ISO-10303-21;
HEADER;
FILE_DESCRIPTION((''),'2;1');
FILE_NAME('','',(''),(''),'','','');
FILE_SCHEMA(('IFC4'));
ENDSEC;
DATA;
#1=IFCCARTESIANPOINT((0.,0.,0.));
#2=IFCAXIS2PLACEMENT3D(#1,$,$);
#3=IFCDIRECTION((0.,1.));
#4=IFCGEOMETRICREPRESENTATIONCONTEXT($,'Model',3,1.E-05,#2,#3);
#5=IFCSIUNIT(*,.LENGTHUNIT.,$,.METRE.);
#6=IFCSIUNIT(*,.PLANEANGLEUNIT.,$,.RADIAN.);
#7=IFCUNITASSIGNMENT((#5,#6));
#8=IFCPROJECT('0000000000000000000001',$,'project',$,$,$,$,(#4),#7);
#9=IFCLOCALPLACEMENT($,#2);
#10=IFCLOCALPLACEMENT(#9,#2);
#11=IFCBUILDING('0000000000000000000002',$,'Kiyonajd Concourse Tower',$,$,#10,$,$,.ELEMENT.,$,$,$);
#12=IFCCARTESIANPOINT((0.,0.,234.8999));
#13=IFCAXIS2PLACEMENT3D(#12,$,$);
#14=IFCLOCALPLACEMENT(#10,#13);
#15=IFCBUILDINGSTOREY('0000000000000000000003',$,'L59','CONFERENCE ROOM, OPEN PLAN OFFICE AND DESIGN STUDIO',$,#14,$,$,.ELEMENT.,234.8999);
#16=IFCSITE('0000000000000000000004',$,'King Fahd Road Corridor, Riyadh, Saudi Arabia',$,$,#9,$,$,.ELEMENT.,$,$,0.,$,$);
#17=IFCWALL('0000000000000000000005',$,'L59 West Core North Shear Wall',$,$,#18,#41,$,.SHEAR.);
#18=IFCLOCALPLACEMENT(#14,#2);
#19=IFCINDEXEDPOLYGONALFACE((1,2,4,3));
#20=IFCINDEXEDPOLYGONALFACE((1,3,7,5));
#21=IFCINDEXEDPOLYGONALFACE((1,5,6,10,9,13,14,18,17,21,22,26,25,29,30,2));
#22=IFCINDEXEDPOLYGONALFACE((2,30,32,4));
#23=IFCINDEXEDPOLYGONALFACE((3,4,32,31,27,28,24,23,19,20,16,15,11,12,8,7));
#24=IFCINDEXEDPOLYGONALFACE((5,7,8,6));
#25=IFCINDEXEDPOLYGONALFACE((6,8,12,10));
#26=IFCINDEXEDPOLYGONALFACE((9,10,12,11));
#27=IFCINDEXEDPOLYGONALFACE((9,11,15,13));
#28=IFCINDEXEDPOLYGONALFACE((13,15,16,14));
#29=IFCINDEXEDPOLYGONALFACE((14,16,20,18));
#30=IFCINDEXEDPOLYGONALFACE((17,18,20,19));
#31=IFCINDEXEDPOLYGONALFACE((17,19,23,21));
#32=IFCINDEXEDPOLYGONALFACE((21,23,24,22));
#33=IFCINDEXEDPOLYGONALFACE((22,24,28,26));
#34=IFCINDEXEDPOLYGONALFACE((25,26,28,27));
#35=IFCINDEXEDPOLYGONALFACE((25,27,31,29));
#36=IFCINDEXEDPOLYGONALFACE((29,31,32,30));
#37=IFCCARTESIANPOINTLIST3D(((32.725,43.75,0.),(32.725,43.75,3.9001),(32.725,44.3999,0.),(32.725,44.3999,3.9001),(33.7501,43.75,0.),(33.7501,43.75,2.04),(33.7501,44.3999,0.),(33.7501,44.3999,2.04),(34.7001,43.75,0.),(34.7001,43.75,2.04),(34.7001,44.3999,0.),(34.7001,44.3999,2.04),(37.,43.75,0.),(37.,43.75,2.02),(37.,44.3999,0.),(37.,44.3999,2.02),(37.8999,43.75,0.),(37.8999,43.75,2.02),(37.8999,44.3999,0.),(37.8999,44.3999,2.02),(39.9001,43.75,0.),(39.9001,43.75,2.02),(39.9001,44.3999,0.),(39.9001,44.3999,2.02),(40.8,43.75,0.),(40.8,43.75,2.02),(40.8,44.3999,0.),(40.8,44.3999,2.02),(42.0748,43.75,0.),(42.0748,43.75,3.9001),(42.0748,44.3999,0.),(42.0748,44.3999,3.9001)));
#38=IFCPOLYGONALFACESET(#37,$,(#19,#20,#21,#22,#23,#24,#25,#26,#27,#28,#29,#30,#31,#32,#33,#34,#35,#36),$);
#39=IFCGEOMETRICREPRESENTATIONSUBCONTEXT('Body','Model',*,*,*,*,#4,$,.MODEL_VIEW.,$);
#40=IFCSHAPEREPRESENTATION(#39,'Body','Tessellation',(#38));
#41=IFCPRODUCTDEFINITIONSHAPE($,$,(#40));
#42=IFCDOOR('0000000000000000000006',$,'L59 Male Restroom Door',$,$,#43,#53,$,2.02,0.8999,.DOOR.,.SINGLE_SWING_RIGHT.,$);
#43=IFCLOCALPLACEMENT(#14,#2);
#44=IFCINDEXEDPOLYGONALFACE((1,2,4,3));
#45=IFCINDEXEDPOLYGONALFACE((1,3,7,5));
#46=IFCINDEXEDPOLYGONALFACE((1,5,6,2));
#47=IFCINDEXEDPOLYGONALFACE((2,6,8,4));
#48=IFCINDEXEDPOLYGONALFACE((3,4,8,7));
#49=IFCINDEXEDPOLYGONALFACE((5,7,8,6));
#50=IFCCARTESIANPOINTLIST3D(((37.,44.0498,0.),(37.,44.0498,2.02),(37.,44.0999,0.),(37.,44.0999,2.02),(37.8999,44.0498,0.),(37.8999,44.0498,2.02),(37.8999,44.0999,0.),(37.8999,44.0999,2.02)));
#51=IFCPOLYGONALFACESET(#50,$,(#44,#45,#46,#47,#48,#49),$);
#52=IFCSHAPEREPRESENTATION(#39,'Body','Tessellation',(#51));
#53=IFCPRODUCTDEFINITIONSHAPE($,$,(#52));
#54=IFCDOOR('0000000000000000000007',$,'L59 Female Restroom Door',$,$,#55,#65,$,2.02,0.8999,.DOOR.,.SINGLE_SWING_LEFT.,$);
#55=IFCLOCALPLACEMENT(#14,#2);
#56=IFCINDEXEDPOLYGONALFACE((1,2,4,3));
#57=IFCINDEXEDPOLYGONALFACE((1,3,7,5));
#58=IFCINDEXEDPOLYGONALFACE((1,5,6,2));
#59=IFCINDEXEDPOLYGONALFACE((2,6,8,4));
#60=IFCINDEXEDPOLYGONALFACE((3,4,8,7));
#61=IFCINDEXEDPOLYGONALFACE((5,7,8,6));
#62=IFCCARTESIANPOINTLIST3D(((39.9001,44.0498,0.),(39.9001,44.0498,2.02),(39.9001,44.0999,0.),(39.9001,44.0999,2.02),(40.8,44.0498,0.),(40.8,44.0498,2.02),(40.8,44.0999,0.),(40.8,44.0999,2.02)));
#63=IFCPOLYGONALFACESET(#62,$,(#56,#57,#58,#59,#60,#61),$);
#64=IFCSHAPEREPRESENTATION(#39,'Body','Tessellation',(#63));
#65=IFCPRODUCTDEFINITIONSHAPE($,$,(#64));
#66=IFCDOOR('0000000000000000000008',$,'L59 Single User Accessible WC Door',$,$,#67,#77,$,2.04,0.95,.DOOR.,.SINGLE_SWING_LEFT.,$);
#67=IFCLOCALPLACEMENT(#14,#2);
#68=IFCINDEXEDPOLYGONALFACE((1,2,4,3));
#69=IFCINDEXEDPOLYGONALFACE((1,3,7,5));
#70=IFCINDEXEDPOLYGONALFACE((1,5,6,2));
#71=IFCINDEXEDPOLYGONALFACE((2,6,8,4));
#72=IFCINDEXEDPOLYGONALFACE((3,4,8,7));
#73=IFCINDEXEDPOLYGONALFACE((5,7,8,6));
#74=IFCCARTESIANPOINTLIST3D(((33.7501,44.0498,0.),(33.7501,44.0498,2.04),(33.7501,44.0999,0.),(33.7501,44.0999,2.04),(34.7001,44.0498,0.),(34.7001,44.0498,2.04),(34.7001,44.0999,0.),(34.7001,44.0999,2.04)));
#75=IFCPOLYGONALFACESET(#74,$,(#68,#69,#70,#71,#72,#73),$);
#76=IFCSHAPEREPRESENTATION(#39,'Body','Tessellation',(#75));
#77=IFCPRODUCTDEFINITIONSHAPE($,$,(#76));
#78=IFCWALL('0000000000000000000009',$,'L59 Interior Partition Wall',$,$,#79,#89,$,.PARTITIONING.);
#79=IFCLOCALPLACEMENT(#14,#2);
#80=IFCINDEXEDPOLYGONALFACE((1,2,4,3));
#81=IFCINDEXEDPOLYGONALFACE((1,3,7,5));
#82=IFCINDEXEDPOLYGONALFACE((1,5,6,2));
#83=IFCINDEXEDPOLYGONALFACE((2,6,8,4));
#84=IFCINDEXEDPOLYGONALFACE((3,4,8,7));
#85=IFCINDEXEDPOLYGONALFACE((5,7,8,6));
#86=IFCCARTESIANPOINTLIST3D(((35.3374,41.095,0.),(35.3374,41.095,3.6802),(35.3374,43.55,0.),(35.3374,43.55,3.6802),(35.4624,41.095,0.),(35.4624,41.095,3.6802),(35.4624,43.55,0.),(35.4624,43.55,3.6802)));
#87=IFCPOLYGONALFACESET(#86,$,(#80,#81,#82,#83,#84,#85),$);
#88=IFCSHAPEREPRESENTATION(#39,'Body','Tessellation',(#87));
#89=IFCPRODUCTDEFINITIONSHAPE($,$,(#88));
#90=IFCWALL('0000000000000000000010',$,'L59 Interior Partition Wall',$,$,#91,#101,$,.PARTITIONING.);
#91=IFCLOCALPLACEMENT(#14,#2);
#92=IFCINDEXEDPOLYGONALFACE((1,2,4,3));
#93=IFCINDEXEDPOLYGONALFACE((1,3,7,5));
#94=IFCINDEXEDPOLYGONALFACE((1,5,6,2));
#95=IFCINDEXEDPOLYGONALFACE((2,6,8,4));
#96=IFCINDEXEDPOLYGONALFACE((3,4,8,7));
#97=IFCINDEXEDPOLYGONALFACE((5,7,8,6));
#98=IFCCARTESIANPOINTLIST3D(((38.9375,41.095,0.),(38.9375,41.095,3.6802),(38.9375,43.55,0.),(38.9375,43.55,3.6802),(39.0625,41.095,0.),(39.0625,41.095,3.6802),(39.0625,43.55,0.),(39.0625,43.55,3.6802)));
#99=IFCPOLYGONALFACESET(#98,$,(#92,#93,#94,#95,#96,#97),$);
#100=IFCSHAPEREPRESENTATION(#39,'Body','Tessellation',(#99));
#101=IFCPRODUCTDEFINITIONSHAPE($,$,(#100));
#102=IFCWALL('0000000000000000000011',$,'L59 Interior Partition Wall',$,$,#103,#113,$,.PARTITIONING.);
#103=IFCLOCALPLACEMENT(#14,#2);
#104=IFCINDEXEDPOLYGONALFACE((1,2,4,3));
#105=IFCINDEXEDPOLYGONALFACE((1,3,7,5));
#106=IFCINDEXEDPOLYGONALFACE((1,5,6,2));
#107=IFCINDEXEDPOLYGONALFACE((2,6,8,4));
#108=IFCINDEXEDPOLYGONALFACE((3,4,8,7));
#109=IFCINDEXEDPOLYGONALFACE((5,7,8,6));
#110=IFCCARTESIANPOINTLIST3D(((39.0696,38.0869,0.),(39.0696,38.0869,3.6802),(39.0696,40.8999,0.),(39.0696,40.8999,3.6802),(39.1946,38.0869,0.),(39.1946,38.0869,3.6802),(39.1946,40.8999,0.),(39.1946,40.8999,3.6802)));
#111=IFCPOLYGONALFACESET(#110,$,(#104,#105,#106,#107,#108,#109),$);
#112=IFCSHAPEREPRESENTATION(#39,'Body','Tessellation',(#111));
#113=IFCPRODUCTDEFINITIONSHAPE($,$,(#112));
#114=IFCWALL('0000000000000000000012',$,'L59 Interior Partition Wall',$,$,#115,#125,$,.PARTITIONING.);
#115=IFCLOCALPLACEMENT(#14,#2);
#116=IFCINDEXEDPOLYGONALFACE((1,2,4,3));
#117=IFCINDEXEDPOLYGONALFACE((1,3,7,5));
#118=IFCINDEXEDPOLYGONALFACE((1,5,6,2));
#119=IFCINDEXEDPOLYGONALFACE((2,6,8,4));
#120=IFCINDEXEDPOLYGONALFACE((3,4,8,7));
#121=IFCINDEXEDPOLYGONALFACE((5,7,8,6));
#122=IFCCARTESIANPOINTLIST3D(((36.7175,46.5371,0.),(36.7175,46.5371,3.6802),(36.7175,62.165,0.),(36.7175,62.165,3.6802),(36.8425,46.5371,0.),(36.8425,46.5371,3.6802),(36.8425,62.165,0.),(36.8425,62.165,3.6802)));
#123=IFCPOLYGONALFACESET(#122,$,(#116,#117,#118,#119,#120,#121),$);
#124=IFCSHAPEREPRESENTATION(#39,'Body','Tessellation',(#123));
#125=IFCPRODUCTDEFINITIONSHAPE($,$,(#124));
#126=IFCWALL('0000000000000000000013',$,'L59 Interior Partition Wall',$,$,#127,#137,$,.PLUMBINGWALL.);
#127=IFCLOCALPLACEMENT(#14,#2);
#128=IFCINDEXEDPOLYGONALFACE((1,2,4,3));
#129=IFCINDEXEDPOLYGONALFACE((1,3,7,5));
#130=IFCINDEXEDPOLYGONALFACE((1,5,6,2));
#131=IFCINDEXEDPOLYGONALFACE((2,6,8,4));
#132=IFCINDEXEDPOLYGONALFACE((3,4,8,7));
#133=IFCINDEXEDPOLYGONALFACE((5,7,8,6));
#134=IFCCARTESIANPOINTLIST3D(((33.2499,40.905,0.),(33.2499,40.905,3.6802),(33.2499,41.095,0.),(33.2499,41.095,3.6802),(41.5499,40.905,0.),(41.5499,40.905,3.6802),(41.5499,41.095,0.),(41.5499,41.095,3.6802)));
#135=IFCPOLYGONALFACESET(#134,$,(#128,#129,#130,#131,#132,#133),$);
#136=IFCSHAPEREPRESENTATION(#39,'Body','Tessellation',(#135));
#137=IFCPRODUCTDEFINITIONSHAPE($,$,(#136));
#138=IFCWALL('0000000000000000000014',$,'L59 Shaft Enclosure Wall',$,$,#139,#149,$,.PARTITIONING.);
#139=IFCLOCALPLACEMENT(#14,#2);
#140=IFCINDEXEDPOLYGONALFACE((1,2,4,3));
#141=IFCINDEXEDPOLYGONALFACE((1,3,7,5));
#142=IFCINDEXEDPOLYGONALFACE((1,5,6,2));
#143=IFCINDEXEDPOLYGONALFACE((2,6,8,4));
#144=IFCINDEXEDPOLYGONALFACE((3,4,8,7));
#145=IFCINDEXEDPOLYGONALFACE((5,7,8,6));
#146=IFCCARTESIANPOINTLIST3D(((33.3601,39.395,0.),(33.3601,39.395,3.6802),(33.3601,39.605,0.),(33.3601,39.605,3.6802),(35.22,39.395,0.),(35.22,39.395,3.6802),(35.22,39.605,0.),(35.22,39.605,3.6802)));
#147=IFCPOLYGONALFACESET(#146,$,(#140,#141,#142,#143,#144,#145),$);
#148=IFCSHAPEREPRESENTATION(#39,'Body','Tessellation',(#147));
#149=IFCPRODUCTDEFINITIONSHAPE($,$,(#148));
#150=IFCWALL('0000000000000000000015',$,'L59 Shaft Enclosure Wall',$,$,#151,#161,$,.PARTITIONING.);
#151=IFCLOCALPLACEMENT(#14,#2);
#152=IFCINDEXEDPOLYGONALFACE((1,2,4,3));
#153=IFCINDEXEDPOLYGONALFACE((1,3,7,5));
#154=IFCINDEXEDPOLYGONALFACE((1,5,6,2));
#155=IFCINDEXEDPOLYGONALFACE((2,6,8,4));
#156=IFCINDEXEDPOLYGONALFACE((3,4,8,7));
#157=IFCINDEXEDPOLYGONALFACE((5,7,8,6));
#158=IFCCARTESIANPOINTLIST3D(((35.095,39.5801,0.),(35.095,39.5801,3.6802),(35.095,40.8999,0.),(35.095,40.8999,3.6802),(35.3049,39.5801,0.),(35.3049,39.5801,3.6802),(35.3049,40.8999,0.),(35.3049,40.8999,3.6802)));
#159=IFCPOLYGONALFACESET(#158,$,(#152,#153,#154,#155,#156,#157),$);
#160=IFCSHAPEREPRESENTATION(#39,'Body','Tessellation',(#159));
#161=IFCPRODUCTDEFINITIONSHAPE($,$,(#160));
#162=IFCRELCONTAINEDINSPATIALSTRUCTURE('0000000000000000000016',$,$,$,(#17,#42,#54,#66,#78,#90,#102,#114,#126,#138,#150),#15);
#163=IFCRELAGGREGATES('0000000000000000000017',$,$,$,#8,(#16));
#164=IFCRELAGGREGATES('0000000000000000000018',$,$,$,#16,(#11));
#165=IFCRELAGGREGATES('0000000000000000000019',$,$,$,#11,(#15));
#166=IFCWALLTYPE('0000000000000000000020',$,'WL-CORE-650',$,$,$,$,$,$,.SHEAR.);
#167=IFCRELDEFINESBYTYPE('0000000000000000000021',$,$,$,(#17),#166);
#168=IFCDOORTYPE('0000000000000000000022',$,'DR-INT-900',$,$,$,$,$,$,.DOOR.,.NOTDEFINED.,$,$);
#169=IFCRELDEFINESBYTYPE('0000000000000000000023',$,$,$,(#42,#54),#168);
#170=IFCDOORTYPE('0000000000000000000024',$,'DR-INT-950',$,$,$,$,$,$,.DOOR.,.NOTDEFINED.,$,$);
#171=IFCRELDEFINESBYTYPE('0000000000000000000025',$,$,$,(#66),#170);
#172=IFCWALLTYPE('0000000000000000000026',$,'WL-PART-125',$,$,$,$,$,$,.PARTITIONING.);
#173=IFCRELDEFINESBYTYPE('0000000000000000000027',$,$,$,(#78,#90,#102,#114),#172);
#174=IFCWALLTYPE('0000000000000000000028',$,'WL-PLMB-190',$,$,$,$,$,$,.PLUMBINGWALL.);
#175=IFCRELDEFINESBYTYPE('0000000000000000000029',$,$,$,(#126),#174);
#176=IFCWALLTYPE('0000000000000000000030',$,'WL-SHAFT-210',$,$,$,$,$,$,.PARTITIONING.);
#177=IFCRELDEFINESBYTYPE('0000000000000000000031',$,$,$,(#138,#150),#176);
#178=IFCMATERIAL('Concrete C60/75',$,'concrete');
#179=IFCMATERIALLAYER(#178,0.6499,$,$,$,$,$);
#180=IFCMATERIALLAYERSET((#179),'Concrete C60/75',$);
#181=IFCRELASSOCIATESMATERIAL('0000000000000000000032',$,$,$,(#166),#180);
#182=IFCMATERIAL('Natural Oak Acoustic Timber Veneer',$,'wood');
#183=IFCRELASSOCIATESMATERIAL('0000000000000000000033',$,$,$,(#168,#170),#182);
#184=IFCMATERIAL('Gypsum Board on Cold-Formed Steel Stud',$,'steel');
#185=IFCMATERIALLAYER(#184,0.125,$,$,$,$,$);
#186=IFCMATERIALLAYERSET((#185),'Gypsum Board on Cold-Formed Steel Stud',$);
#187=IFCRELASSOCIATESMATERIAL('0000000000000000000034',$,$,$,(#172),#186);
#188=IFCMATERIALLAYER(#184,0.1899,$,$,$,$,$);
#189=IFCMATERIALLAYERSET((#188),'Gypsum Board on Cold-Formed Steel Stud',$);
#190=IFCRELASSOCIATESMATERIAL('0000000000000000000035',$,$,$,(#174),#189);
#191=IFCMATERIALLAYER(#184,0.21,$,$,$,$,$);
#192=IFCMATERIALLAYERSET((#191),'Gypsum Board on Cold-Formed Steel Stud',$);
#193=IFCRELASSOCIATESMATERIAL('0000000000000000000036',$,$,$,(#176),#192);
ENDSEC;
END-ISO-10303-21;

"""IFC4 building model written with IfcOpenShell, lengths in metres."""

from ifc_helpers import new_model, si_unit, direction, frame, frame_2d, origin, place, context, subcontext, project, spatial, rectangle, extrude, material, layer, layer_set, type_object, element, fill, save


model = new_model("IFC4")

# Units and contexts
model_context = context("Model", 3, precision=1e-05, world=origin(), true_north=direction((0.0, 1.0)))
body_context = subcontext(model_context, "Body", "Model", "MODEL_VIEW")
ifc_project = project(units=[si_unit("LENGTHUNIT", "METRE"), si_unit("PLANEANGLEUNIT", "RADIAN")], contexts=[model_context])

# Site, building, storey
site_placement = place(None, origin())
site = spatial("IfcSite", under=ifc_project, at=site_placement, Name="King Fahd Road Corridor, Riyadh, Saudi Arabia", CompositionType="ELEMENT", RefElevation=0.0)
building_placement = place(site_placement, origin())
building = spatial("IfcBuilding", under=site, at=building_placement, Name="Kiyonajd Concourse Tower", CompositionType="ELEMENT")
storey_placement = place(building_placement, frame((0.0, 0.0, 234.8999)))
storey = spatial("IfcBuildingStorey", under=building, at=storey_placement, Name="L59", Description="CONFERENCE ROOM, OPEN PLAN OFFICE AND DESIGN STUDIO", CompositionType="ELEMENT", Elevation=234.8999)

# Shared definitions
ifc_material_1 = material(Name="Concrete C60/75", Category="concrete")

# Shared definitions
ifc_layer_1 = layer(ifc_material_1, 0.6499)
ifc_layer_set_1 = layer_set([ifc_layer_1], Name="Concrete C60/75")
wall_type_1 = type_object("IfcWallType", Name="WL-CORE-650", PredefinedType="SHEAR", material=ifc_layer_set_1)

# Wall, openings, doors
wall_1_placement = place(storey_placement, frame((32.7251, 44.075, 0.0), z_axis=(0.0, 0.0, 1.0), x_axis=(1.0, 0.0, 0.0)))
wall_1 = element("IfcWall", 1, at=wall_1_placement, inside=storey, type_object=wall_type_1, Name="L59 West Core North Shear Wall", PredefinedType="SHEAR", context=body_context, shape_type="SweptSolid", body=[
    extrude(rectangle(XDim=9.3499, YDim=0.6499, at=frame_2d((4.6748, 0.0))), origin(), (0.0, 0.0, 1.0), 3.9001),
])
opening_1_placement = place(wall_1_placement, frame((1.0249, 0.0, 0.0)))
opening_1 = element("IfcOpeningElement", 2, at=opening_1_placement, cuts=wall_1, PredefinedType="OPENING", context=body_context, shape_type="SweptSolid", body=[
    extrude(rectangle(XDim=0.95, YDim=2.04, at=frame_2d((0.4751, 1.02))), frame((0.0, 0.335, 0.0), z_axis=(0.0, -1.0, 0.0), x_axis=(1.0, 0.0, 0.0)), (0.0, 0.0, 1.0), 0.6699),
])
opening_2_placement = place(wall_1_placement, frame((4.2749, 0.0, 0.0)))
opening_2 = element("IfcOpeningElement", 3, at=opening_2_placement, cuts=wall_1, PredefinedType="OPENING", context=body_context, shape_type="SweptSolid", body=[
    extrude(rectangle(XDim=0.8999, YDim=2.02, at=frame_2d((0.45, 1.01))), frame((0.0, 0.335, 0.0), z_axis=(0.0, -1.0, 0.0), x_axis=(1.0, 0.0, 0.0)), (0.0, 0.0, 1.0), 0.6699),
])
opening_3_placement = place(wall_1_placement, frame((7.175, 0.0, 0.0)))
opening_3 = element("IfcOpeningElement", 4, at=opening_3_placement, cuts=wall_1, PredefinedType="OPENING", context=body_context, shape_type="SweptSolid", body=[
    extrude(rectangle(XDim=0.8999, YDim=2.02, at=frame_2d((0.45, 1.01))), frame((0.0, 0.335, 0.0), z_axis=(0.0, -1.0, 0.0), x_axis=(1.0, 0.0, 0.0)), (0.0, 0.0, 1.0), 0.6699),
])
ifc_material_2 = material(Name="Natural Oak Acoustic Timber Veneer", Category="wood")
door_type_1 = type_object("IfcDoorType", Name="DR-INT-900", OperationType="NOTDEFINED", PredefinedType="DOOR", material=ifc_material_2)
door_1_placement = place(opening_2_placement, origin())
door_1 = element("IfcDoor", 5, at=door_1_placement, inside=storey, type_object=door_type_1, Name="L59 Male Restroom Door", OperationType="SINGLE_SWING_RIGHT", OverallHeight=2.02, OverallWidth=0.8999, PredefinedType="DOOR", context=body_context, shape_type="SweptSolid", body=[
    extrude(rectangle(XDim=0.8999, YDim=2.02, at=frame_2d((0.45, 1.01))), frame((0.0, 0.0249, 0.0), z_axis=(0.0, -1.0, 0.0), x_axis=(1.0, 0.0, 0.0)), (0.0, 0.0, 1.0), 0.05),
])
fill(opening_2, door_1)
door_2_placement = place(opening_3_placement, origin())
door_2 = element("IfcDoor", 6, at=door_2_placement, inside=storey, type_object=door_type_1, Name="L59 Female Restroom Door", OperationType="SINGLE_SWING_LEFT", OverallHeight=2.02, OverallWidth=0.8999, PredefinedType="DOOR", context=body_context, shape_type="SweptSolid", body=[
    extrude(rectangle(XDim=0.8999, YDim=2.02, at=frame_2d((0.45, 1.01))), frame((0.0, 0.0249, 0.0), z_axis=(0.0, -1.0, 0.0), x_axis=(1.0, 0.0, 0.0)), (0.0, 0.0, 1.0), 0.05),
])
fill(opening_3, door_2)
door_type_2 = type_object("IfcDoorType", Name="DR-INT-950", OperationType="NOTDEFINED", PredefinedType="DOOR", material=ifc_material_2)
door_3_placement = place(opening_1_placement, origin())
door_3 = element("IfcDoor", 7, at=door_3_placement, inside=storey, type_object=door_type_2, Name="L59 Single User Accessible WC Door", OperationType="SINGLE_SWING_LEFT", OverallHeight=2.04, OverallWidth=0.95, PredefinedType="DOOR", context=body_context, shape_type="SweptSolid", body=[
    extrude(rectangle(XDim=0.95, YDim=2.04, at=frame_2d((0.4751, 1.02))), frame((0.0, 0.0249, 0.0), z_axis=(0.0, -1.0, 0.0), x_axis=(1.0, 0.0, 0.0)), (0.0, 0.0, 1.0), 0.05),
])
fill(opening_1, door_3)

# Walls
ifc_material_3 = material(Name="Gypsum Board on Cold-Formed Steel Stud", Category="steel")
ifc_layer_2 = layer(ifc_material_3, 0.125)
ifc_layer_set_2 = layer_set([ifc_layer_2], Name="Gypsum Board on Cold-Formed Steel Stud")
wall_type_2 = type_object("IfcWallType", Name="WL-PART-125", PredefinedType="PARTITIONING", material=ifc_layer_set_2)
for number, where, z_axis, x_axis, name in (
    (8, (35.3999, 41.095, 0.0), (0.0, 0.0, 1.0), (0.0, 1.0, 0.0), "L59 Interior Partition Wall"),
    (9, (39.0, 41.095, 0.0), (0.0, 0.0, 1.0), (0.0, 1.0, 0.0), "L59 Interior Partition Wall"),
):
    element("IfcWall", number, at=place(storey_placement, frame(where, z_axis=z_axis, x_axis=x_axis)), inside=storey, type_object=wall_type_2, Name=name, PredefinedType="PARTITIONING", context=body_context, shape_type="SweptSolid", body=[
        extrude(rectangle(XDim=2.4551, YDim=0.125, at=frame_2d((1.2275, 0.0))), origin(), (0.0, 0.0, 1.0), 3.6802),
    ])
wall_2_placement = place(storey_placement, frame((39.1321, 38.0869, 0.0), z_axis=(0.0, 0.0, 1.0), x_axis=(0.0, 1.0, 0.0)))
element("IfcWall", 10, at=wall_2_placement, inside=storey, type_object=wall_type_2, Name="L59 Interior Partition Wall", PredefinedType="PARTITIONING", context=body_context, shape_type="SweptSolid", body=[
    extrude(rectangle(XDim=2.813, YDim=0.125, at=frame_2d((1.4065, 0.0))), origin(), (0.0, 0.0, 1.0), 3.6802),
])
wall_3_placement = place(storey_placement, frame((36.78, 46.5371, 0.0), z_axis=(0.0, 0.0, 1.0), x_axis=(0.0, 1.0, 0.0)))
element("IfcWall", 11, at=wall_3_placement, inside=storey, type_object=wall_type_2, Name="L59 Interior Partition Wall", PredefinedType="PARTITIONING", context=body_context, shape_type="SweptSolid", body=[
    extrude(rectangle(XDim=15.6279, YDim=0.125, at=frame_2d((7.814, 0.0))), origin(), (0.0, 0.0, 1.0), 3.6802),
])
ifc_layer_3 = layer(ifc_material_3, 0.1899)
ifc_layer_set_3 = layer_set([ifc_layer_3], Name="Gypsum Board on Cold-Formed Steel Stud")
wall_type_3 = type_object("IfcWallType", Name="WL-PLMB-190", PredefinedType="PLUMBINGWALL", material=ifc_layer_set_3)
wall_4_placement = place(storey_placement, frame((33.25, 41.0, 0.0), z_axis=(0.0, 0.0, 1.0), x_axis=(1.0, 0.0, 0.0)))
element("IfcWall", 12, at=wall_4_placement, inside=storey, type_object=wall_type_3, Name="L59 Interior Partition Wall", PredefinedType="PLUMBINGWALL", context=body_context, shape_type="SweptSolid", body=[
    extrude(rectangle(XDim=8.3, YDim=0.1899, at=frame_2d((4.1499, 0.0))), origin(), (0.0, 0.0, 1.0), 3.6802),
])
ifc_layer_4 = layer(ifc_material_3, 0.21)
ifc_layer_set_4 = layer_set([ifc_layer_4], Name="Gypsum Board on Cold-Formed Steel Stud")
wall_type_4 = type_object("IfcWallType", Name="WL-SHAFT-210", PredefinedType="PARTITIONING", material=ifc_layer_set_4)
wall_5_placement = place(storey_placement, frame((33.3601, 39.5, 0.0), z_axis=(0.0, 0.0, 1.0), x_axis=(1.0, 0.0, 0.0)))
element("IfcWall", 13, at=wall_5_placement, inside=storey, type_object=wall_type_4, Name="L59 Shaft Enclosure Wall", PredefinedType="PARTITIONING", context=body_context, shape_type="SweptSolid", body=[
    extrude(rectangle(XDim=1.8599, YDim=0.21, at=frame_2d((0.9299, 0.0))), origin(), (0.0, 0.0, 1.0), 3.6802),
])
wall_6_placement = place(storey_placement, frame((35.2, 39.5801, 0.0), z_axis=(0.0, 0.0, 1.0), x_axis=(0.0, 1.0, 0.0)))
element("IfcWall", 14, at=wall_6_placement, inside=storey, type_object=wall_type_4, Name="L59 Shaft Enclosure Wall", PredefinedType="PARTITIONING", context=body_context, shape_type="SweptSolid", body=[
    extrude(rectangle(XDim=1.3198, YDim=0.21, at=frame_2d((0.6599, 0.0))), origin(), (0.0, 0.0, 1.0), 3.6802),
])

save(model, "model.ifc")
